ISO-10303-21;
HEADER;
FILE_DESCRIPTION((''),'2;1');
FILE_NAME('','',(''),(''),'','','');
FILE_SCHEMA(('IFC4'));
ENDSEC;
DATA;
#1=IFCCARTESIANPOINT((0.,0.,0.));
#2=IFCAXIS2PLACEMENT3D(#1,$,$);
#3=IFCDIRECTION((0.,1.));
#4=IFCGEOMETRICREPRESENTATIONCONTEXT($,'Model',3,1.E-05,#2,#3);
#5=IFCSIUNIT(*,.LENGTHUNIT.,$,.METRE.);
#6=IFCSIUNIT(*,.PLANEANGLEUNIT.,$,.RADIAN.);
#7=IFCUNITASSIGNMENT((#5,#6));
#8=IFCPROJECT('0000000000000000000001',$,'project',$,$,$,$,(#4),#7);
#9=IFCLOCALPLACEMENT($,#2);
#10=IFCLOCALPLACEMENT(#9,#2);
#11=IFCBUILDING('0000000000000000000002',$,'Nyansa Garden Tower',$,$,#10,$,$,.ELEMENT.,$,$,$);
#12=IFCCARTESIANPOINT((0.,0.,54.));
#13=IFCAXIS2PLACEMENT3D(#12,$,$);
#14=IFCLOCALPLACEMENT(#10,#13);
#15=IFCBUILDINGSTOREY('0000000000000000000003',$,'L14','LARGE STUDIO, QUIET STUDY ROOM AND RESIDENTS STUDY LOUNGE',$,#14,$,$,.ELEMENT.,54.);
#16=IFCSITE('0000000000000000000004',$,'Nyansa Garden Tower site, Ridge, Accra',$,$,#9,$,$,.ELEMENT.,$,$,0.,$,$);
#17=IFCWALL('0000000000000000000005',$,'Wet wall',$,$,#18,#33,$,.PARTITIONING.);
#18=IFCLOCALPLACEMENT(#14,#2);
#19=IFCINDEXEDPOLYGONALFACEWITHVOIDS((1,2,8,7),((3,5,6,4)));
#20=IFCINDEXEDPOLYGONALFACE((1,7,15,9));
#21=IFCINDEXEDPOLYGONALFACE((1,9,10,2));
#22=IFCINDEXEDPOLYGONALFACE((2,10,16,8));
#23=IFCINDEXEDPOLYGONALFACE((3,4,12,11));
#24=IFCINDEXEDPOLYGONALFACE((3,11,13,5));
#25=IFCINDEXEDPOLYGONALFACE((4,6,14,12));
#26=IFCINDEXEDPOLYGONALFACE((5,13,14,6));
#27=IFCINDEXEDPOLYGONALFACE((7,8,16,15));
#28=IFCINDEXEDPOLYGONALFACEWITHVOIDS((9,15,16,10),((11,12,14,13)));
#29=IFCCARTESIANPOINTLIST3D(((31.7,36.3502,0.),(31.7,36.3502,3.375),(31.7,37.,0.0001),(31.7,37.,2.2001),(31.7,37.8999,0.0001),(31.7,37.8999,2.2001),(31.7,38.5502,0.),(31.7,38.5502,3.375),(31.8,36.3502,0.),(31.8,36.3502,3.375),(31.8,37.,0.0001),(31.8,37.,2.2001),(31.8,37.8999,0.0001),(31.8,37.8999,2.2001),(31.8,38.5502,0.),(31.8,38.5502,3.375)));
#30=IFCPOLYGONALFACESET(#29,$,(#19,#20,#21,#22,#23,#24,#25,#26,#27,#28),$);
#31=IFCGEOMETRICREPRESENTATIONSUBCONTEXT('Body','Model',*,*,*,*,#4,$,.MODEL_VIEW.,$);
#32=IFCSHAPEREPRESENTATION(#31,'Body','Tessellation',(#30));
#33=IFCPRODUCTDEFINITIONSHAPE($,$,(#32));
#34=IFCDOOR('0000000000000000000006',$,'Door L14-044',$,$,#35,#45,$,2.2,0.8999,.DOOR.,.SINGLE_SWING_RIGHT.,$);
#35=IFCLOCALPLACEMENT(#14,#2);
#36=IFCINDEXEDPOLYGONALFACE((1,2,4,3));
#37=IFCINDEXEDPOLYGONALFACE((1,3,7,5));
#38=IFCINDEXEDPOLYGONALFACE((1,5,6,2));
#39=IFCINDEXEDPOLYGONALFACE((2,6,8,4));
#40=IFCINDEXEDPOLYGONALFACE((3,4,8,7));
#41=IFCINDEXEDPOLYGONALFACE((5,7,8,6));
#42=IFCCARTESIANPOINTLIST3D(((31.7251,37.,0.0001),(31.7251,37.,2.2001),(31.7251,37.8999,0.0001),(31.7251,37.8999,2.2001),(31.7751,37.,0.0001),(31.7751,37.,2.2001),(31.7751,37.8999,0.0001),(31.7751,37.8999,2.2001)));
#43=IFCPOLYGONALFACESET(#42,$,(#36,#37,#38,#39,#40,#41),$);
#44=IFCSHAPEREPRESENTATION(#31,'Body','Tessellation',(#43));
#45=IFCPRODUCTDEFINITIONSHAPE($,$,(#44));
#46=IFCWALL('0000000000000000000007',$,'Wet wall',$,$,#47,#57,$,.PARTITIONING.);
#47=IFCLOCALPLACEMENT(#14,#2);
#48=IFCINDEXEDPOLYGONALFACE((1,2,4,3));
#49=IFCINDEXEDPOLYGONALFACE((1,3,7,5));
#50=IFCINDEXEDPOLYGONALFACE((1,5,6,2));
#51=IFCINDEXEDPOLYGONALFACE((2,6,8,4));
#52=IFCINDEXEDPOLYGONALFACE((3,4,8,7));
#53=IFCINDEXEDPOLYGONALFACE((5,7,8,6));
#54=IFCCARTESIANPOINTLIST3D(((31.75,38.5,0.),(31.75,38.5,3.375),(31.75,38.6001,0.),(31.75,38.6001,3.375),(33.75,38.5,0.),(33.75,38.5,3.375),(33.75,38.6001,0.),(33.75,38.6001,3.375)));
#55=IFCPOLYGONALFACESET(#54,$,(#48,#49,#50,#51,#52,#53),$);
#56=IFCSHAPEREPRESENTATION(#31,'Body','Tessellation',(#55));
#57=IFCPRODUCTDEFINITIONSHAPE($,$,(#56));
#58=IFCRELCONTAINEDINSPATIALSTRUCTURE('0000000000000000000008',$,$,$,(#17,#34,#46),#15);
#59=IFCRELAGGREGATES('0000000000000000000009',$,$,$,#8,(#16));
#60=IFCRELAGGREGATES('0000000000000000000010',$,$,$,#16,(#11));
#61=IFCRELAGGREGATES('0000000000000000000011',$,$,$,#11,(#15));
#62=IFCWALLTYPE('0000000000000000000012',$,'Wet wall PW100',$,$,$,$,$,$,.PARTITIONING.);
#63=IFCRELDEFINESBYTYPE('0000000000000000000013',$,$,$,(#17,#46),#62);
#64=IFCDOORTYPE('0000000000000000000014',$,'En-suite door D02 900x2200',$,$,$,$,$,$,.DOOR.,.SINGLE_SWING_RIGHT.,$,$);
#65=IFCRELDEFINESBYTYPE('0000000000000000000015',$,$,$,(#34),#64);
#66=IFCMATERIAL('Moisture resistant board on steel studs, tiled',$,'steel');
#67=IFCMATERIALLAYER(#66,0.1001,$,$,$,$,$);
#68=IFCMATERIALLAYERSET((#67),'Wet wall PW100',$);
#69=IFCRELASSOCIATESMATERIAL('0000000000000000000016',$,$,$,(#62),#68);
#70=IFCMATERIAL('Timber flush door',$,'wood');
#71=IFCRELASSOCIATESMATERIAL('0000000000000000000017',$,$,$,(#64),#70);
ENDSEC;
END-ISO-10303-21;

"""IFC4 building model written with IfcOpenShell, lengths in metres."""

from ifc_helpers import new_model, si_unit, direction, frame, frame_2d, origin, place, context, subcontext, project, spatial, rectangle, extrude, material, layer, layer_set, type_object, element, fill, save


model = new_model("IFC4")

# Units and contexts
model_context = context("Model", 3, precision=1e-05, world=origin(), true_north=direction((0.0, 1.0)))
body_context = subcontext(model_context, "Body", "Model", "MODEL_VIEW")
ifc_project = project(units=[si_unit("LENGTHUNIT", "METRE"), si_unit("PLANEANGLEUNIT", "RADIAN")], contexts=[model_context])

# Site, building, storey
site_placement = place(None, origin())
site = spatial("IfcSite", under=ifc_project, at=site_placement, Name="Nyansa Garden Tower site, Ridge, Accra", CompositionType="ELEMENT", RefElevation=0.0)
building_placement = place(site_placement, origin())
building = spatial("IfcBuilding", under=site, at=building_placement, Name="Nyansa Garden Tower", CompositionType="ELEMENT")
storey_placement = place(building_placement, frame((0.0, 0.0, 54.0)))
storey = spatial("IfcBuildingStorey", under=building, at=storey_placement, Name="L14", Description="LARGE STUDIO, QUIET STUDY ROOM AND RESIDENTS STUDY LOUNGE", CompositionType="ELEMENT", Elevation=54.0)

# Wall, opening, door
ifc_material_1 = material(Name="Moisture resistant board on steel studs, tiled", Category="steel")
ifc_layer_1 = layer(ifc_material_1, 0.1001)
ifc_layer_set_1 = layer_set([ifc_layer_1], Name="Wet wall PW100")
wall_type_1 = type_object("IfcWallType", Name="Wet wall PW100", PredefinedType="PARTITIONING", material=ifc_layer_set_1)
wall_1_placement = place(storey_placement, frame((31.75, 36.3501, 0.0), z_axis=(0.0, 0.0, 1.0), x_axis=(0.0, 1.0, 0.0)))
wall_1 = element("IfcWall", 1, at=wall_1_placement, inside=storey, type_object=wall_type_1, Name="Wet wall", PredefinedType="PARTITIONING", context=body_context, shape_type="SweptSolid", body=[
    extrude(rectangle(XDim=2.2, YDim=0.1001, at=frame_2d((1.1001, 0.0))), origin(), (0.0, 0.0, 1.0), 3.375),
])
opening_1_placement = place(wall_1_placement, frame((0.6499, 0.0, 0.0)))
opening_1 = element("IfcOpeningElement", 2, at=opening_1_placement, cuts=wall_1, PredefinedType="OPENING", context=body_context, shape_type="SweptSolid", body=[
    extrude(rectangle(XDim=0.8999, YDim=2.2, at=frame_2d((0.45, 1.1001))), frame((0.0, 0.0601, 0.0), z_axis=(0.0, -1.0, 0.0), x_axis=(1.0, 0.0, 0.0)), (0.0, 0.0, 1.0), 0.1201),
])
ifc_material_2 = material(Name="Timber flush door", Category="wood")
door_type_1 = type_object("IfcDoorType", Name="En-suite door D02 900x2200", OperationType="SINGLE_SWING_RIGHT", PredefinedType="DOOR", material=ifc_material_2)
door_1_placement = place(opening_1_placement, origin())
door_1 = element("IfcDoor", 3, at=door_1_placement, inside=storey, type_object=door_type_1, Name="Door L14-044", OperationType="SINGLE_SWING_RIGHT", OverallHeight=2.2, OverallWidth=0.8999, PredefinedType="DOOR", context=body_context, shape_type="SweptSolid", body=[
    extrude(rectangle(XDim=0.8999, YDim=2.2, at=frame_2d((0.45, 1.1001))), frame((0.0, 0.0249, 0.0), z_axis=(0.0, -1.0, 0.0), x_axis=(1.0, 0.0, 0.0)), (0.0, 0.0, 1.0), 0.05),
])
fill(opening_1, door_1)

# Wall
wall_2_placement = place(storey_placement, frame((31.75, 38.55, 0.0), z_axis=(0.0, 0.0, 1.0), x_axis=(1.0, 0.0, 0.0)))
element("IfcWall", 4, at=wall_2_placement, inside=storey, type_object=wall_type_1, Name="Wet wall", PredefinedType="PARTITIONING", context=body_context, shape_type="SweptSolid", body=[
    extrude(rectangle(XDim=2.0, YDim=0.1001, at=frame_2d((1.0, 0.0))), origin(), (0.0, 0.0, 1.0), 3.375),
])

save(model, "model.ifc")
